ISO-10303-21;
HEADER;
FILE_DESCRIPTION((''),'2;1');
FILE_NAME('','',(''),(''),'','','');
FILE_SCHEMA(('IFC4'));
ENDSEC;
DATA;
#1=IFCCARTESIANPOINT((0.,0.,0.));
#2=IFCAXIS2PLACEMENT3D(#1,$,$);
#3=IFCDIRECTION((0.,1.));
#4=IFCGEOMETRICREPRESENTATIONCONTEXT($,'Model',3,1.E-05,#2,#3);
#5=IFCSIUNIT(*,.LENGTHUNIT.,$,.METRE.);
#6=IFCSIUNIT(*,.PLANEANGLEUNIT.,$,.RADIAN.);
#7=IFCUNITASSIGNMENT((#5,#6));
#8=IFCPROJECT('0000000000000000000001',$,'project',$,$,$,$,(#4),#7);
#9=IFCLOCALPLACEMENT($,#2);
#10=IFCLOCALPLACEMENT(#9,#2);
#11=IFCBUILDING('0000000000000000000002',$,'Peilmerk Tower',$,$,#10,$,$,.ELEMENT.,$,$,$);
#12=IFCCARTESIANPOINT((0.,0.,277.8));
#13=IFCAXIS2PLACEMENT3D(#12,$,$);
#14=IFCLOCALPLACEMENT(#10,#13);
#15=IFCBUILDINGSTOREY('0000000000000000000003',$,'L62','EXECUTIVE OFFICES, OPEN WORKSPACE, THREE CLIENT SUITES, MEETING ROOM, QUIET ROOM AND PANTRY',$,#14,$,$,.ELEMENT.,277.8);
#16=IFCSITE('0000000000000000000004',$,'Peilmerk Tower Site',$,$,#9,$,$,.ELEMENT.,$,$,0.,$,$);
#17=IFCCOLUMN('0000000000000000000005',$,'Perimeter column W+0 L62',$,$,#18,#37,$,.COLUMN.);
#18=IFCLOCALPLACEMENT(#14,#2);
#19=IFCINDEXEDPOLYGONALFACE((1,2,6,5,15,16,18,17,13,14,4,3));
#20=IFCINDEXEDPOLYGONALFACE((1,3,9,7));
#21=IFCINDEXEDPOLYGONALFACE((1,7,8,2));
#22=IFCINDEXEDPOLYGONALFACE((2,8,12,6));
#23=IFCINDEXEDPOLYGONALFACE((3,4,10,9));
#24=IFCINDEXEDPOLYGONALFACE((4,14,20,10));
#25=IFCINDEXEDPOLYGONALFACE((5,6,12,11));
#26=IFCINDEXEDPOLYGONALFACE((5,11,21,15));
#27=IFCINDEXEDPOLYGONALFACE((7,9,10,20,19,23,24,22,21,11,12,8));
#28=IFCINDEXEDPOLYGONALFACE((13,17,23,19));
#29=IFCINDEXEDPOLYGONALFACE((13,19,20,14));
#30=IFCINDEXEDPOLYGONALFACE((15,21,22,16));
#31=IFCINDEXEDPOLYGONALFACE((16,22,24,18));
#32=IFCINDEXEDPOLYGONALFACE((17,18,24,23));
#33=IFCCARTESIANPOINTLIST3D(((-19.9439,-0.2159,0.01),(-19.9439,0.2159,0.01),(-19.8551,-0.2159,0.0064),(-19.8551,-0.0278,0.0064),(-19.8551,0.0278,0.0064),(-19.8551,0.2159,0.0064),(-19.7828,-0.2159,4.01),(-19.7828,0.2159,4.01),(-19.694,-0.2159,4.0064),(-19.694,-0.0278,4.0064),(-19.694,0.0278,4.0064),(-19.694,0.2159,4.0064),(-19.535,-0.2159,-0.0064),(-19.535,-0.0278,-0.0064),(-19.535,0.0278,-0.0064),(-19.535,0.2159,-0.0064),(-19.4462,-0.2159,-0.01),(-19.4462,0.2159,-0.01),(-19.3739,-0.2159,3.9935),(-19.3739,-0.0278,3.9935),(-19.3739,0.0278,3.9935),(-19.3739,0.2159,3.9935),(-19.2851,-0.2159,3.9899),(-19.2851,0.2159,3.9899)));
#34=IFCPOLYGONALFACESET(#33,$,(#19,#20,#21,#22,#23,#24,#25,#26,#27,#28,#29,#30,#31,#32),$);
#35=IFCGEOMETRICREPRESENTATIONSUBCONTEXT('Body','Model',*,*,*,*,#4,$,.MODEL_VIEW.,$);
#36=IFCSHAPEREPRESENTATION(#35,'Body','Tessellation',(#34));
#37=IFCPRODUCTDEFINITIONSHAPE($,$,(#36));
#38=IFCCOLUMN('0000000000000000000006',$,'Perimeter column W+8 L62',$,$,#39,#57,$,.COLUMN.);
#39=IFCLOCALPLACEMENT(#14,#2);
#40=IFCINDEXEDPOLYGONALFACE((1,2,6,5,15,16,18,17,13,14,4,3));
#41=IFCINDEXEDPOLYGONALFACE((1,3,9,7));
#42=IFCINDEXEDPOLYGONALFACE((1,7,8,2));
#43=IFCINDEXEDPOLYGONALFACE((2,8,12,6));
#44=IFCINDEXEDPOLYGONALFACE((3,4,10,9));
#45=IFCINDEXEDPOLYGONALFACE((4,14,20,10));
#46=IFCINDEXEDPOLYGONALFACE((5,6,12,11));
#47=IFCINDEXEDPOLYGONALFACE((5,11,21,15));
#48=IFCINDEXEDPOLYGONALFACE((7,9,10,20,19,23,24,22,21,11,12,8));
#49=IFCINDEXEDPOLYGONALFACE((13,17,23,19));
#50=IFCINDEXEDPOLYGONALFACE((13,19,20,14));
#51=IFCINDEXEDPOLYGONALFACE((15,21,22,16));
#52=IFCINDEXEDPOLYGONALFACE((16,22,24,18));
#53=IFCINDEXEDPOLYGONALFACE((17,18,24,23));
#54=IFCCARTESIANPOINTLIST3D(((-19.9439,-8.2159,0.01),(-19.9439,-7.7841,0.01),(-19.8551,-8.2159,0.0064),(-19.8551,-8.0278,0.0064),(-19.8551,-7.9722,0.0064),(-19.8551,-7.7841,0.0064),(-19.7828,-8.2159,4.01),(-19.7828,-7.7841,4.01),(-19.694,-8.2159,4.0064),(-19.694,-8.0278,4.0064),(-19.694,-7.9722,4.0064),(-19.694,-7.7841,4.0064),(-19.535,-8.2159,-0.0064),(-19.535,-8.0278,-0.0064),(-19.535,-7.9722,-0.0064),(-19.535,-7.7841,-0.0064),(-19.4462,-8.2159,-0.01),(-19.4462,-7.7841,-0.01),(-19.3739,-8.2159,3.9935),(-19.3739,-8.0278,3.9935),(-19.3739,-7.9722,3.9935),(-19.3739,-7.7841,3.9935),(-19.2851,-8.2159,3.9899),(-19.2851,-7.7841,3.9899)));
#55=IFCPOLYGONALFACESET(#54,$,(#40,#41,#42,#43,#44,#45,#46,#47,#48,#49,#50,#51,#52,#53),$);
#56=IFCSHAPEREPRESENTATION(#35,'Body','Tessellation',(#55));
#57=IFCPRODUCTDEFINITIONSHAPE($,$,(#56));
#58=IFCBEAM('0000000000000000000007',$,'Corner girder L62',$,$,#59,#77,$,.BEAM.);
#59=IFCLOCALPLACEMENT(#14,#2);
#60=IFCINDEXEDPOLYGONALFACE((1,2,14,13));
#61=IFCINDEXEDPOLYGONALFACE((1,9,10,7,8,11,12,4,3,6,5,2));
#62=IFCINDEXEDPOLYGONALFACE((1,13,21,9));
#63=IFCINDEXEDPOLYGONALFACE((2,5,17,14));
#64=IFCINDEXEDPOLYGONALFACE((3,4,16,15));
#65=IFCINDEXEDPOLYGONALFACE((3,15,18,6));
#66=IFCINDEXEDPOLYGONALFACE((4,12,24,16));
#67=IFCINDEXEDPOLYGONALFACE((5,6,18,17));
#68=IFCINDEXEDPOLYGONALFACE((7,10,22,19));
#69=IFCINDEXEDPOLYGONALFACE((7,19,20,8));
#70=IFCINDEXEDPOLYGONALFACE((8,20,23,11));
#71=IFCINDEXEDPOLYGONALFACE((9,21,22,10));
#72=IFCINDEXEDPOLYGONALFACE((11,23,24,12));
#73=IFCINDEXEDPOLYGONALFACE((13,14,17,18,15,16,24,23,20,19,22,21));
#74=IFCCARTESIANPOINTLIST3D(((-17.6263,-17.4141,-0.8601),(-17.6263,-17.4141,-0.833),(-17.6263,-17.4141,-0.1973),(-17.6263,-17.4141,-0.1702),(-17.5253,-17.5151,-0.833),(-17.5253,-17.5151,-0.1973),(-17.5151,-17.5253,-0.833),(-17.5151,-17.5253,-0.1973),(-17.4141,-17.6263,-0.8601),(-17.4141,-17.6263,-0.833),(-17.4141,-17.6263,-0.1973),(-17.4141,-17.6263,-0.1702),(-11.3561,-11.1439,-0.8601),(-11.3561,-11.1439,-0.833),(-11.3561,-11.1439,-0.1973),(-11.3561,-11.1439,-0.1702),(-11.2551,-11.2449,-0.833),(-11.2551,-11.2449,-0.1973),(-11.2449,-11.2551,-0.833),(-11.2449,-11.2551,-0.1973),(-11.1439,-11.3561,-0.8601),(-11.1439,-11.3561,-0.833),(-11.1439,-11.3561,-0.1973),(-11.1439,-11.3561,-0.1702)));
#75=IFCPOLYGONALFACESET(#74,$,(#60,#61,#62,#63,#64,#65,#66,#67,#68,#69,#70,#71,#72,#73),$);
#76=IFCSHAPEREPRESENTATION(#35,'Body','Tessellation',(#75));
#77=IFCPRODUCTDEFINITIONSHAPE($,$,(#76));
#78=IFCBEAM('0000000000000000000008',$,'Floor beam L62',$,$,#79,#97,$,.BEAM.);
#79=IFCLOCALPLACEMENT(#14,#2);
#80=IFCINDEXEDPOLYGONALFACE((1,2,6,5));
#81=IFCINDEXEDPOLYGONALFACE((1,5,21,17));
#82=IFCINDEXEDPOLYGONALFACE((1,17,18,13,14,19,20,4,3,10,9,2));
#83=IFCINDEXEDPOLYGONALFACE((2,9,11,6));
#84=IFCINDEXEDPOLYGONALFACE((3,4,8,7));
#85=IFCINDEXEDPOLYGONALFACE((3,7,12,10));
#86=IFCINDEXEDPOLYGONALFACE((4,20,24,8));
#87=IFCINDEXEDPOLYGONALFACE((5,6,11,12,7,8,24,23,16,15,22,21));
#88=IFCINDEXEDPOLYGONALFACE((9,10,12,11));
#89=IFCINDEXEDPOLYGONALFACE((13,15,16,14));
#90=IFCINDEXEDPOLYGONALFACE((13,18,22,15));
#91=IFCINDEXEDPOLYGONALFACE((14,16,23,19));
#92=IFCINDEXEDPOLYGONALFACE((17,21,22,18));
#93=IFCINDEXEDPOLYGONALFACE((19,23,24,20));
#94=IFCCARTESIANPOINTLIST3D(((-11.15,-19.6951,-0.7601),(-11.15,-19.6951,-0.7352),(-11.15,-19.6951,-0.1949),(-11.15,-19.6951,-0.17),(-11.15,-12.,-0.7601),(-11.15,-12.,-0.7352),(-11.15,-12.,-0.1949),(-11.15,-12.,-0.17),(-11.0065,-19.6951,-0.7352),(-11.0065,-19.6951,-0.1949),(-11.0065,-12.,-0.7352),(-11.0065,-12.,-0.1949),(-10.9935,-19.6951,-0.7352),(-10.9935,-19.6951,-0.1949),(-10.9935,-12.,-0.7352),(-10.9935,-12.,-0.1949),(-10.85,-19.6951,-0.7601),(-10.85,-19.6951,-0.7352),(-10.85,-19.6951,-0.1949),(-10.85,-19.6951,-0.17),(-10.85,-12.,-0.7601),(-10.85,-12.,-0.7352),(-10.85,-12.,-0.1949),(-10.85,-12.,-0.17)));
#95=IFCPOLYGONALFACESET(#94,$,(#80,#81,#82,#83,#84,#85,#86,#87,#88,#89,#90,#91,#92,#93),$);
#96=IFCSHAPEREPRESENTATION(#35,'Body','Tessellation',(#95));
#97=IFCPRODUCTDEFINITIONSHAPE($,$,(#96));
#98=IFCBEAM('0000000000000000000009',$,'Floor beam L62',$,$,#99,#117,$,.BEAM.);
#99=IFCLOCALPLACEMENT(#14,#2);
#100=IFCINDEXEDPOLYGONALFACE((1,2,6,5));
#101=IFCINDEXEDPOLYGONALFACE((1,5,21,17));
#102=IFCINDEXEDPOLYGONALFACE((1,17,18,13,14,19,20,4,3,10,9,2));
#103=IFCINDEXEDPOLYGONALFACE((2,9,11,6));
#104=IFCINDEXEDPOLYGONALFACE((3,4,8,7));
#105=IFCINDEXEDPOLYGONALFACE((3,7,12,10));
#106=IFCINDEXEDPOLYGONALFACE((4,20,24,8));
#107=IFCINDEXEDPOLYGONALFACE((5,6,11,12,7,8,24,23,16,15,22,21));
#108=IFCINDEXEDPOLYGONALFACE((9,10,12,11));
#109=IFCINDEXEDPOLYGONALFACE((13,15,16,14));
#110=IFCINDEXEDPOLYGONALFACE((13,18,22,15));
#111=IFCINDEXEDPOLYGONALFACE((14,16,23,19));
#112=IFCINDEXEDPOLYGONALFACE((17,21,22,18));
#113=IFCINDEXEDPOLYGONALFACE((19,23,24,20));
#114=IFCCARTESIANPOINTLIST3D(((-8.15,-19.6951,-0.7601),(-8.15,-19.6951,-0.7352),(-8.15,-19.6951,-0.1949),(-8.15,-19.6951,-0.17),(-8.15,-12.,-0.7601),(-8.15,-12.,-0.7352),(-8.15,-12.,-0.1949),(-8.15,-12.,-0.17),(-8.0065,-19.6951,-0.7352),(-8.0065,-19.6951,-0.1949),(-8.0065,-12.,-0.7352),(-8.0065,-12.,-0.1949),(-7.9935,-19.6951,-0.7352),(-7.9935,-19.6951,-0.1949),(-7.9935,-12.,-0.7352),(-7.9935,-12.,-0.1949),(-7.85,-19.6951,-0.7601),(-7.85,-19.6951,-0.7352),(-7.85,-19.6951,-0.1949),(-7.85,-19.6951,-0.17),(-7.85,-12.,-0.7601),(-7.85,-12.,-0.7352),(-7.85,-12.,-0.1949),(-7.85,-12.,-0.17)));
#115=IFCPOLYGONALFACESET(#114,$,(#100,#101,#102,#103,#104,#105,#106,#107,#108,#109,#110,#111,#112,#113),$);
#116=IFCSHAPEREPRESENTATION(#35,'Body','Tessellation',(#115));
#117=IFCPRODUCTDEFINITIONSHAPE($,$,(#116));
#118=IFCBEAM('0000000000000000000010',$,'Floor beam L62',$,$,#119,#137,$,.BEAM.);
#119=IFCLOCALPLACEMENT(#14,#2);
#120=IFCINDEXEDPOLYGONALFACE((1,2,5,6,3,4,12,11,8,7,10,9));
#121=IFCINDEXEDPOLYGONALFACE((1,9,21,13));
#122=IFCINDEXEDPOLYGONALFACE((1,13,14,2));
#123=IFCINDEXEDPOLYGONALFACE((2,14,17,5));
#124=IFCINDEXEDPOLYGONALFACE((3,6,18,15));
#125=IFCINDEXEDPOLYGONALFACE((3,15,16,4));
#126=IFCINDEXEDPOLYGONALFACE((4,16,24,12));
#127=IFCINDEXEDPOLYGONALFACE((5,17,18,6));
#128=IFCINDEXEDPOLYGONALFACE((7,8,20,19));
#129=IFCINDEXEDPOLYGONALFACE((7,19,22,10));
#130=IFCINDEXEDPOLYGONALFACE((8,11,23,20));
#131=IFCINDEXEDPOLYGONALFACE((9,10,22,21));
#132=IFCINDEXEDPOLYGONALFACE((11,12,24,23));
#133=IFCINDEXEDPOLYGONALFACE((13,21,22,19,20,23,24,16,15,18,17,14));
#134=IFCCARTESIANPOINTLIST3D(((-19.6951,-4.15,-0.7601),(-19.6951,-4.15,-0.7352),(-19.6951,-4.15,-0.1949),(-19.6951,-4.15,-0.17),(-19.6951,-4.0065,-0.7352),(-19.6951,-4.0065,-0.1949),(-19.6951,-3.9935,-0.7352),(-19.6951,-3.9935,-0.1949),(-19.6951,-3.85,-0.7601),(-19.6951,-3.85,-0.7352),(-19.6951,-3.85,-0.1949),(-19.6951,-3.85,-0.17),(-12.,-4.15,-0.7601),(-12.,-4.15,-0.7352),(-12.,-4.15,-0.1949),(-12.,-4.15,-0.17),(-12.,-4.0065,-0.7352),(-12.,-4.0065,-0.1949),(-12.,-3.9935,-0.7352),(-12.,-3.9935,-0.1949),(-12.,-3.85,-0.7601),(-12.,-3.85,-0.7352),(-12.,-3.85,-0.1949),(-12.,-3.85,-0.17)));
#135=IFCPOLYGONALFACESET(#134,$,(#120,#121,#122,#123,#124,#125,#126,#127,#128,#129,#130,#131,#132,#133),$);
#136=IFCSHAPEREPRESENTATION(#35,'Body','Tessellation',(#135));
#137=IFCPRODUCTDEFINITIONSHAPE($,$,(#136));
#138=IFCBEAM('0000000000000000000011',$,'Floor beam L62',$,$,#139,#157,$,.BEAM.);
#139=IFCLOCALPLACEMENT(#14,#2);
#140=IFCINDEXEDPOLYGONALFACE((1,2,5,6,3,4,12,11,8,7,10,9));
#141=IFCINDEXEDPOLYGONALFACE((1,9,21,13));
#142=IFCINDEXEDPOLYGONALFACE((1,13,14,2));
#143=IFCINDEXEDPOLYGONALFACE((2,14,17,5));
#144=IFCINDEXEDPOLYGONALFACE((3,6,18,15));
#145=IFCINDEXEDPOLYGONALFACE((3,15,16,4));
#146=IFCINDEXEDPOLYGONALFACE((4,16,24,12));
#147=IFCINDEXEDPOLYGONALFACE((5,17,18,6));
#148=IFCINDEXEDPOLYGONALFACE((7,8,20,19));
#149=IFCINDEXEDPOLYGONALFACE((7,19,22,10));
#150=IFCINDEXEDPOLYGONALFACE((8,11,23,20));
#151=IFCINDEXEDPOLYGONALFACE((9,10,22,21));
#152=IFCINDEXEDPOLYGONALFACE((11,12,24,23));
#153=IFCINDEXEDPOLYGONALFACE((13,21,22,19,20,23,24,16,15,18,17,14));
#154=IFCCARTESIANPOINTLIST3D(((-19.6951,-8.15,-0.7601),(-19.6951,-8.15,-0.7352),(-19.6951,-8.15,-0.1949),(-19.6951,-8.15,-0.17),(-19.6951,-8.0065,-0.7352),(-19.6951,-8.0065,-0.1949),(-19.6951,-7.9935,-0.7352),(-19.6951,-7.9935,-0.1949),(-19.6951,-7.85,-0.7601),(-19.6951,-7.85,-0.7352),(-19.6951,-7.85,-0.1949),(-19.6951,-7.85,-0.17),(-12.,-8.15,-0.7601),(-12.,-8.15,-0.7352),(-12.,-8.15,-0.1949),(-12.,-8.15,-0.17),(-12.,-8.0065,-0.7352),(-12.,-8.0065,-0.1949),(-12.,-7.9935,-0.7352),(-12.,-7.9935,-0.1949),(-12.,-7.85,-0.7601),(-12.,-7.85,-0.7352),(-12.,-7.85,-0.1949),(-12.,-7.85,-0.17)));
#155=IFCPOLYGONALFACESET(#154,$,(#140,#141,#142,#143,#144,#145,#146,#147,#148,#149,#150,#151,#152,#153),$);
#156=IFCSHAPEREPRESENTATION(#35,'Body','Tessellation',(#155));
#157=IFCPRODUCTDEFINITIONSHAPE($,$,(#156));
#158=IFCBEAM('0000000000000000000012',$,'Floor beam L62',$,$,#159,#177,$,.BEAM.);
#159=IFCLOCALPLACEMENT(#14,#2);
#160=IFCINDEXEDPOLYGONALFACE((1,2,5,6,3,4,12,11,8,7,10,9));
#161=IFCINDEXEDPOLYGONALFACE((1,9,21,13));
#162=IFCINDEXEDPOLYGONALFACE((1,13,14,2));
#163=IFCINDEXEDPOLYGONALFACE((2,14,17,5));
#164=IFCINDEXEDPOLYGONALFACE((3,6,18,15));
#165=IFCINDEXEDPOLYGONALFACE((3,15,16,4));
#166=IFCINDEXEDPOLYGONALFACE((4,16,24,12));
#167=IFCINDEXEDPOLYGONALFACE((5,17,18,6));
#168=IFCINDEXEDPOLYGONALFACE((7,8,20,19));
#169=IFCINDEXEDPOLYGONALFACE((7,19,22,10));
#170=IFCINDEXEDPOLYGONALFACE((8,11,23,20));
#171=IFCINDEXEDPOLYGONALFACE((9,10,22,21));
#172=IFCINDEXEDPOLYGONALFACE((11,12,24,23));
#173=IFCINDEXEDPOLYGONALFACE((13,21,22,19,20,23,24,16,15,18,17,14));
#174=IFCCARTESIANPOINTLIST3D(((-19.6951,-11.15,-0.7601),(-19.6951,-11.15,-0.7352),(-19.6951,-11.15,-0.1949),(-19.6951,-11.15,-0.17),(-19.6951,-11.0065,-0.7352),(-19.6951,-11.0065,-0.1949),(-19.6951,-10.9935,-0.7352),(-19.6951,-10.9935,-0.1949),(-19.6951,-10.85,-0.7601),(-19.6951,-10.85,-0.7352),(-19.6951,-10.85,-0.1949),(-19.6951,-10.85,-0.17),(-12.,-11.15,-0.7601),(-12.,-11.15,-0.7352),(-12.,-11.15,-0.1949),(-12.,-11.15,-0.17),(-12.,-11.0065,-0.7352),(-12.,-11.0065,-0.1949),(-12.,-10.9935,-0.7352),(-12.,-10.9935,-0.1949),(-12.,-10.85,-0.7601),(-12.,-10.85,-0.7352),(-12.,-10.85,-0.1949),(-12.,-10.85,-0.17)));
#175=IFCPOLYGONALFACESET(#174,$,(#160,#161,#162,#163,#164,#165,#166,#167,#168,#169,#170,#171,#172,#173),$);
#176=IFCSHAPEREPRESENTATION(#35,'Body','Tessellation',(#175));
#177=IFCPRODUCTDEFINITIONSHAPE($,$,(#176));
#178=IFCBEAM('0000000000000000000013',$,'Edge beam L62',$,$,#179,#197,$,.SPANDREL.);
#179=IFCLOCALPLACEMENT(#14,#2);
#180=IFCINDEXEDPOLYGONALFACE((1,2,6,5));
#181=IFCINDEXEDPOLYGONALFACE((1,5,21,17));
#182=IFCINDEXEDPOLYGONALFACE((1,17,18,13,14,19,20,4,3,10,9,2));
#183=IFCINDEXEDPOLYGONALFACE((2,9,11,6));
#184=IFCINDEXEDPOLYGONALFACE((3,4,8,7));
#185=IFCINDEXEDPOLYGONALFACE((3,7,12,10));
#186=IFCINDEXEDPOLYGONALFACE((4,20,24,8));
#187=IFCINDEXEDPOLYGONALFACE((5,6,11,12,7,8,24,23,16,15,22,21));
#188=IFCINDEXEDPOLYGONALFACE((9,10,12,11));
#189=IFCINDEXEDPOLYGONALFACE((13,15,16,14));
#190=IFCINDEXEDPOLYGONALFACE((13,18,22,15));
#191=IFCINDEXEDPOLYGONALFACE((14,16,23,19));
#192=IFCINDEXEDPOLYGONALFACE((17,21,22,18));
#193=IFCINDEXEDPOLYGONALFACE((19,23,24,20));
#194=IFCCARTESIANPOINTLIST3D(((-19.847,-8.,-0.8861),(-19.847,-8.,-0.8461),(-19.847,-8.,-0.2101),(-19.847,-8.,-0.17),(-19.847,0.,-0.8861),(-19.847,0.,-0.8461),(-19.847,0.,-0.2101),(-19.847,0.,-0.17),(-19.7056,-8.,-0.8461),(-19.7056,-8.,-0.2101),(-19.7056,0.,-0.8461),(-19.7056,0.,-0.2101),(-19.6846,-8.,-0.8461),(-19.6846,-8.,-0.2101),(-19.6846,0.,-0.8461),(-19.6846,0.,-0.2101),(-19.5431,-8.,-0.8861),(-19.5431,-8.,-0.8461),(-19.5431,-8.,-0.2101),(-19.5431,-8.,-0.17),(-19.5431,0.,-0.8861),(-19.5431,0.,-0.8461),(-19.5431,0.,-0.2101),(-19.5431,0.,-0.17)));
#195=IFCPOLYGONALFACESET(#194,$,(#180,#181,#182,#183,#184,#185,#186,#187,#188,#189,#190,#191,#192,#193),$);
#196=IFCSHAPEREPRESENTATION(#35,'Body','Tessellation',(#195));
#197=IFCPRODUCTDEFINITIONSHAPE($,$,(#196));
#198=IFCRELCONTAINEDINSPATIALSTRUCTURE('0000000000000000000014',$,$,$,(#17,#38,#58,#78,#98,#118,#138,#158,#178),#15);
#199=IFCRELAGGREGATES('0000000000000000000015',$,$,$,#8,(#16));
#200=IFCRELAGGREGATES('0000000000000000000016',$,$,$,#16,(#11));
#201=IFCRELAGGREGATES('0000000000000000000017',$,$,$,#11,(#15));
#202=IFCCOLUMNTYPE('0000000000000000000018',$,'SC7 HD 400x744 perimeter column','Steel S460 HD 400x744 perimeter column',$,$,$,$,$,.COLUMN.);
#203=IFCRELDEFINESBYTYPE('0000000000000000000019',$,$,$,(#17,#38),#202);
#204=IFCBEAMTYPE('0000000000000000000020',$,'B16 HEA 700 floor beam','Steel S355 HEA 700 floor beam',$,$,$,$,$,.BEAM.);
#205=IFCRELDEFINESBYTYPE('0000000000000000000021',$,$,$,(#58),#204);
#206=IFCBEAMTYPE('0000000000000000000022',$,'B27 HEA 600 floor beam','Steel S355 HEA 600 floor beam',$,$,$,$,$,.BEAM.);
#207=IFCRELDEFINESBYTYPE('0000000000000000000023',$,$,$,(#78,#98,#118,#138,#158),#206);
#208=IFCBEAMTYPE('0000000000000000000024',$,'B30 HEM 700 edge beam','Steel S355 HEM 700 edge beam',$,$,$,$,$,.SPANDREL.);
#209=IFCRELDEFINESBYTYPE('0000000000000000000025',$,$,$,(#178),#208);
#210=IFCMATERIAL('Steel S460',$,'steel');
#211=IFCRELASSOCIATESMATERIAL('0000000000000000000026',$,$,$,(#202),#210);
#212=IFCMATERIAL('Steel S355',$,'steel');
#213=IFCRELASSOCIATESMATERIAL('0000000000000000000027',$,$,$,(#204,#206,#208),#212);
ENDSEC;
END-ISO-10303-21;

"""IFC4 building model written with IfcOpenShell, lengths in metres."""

from ifc_helpers import new_model, si_unit, direction, frame, origin, origin_2d, place, context, subcontext, project, spatial, i_section, extrude, material, material_profile, profile_set, type_object, element, save


model = new_model("IFC4")

# Units and contexts
model_context = context("Model", 3, precision=1e-05, world=origin(), true_north=direction((0.0, 1.0)))
body_context = subcontext(model_context, "Body", "Model", "MODEL_VIEW")
ifc_project = project(units=[si_unit("LENGTHUNIT", "METRE"), si_unit("PLANEANGLEUNIT", "RADIAN")], contexts=[model_context])

# Site, building, storey
site_placement = place(None, origin())
site = spatial("IfcSite", under=ifc_project, at=site_placement, Name="Peilmerk Tower Site", CompositionType="ELEMENT", RefElevation=0.0)
building_placement = place(site_placement, origin())
building = spatial("IfcBuilding", under=site, at=building_placement, Name="Peilmerk Tower", CompositionType="ELEMENT")
storey_placement = place(building_placement, frame((0.0, 0.0, 277.8)))
storey = spatial("IfcBuildingStorey", under=building, at=storey_placement, Name="L62", Description="EXECUTIVE OFFICES, OPEN WORKSPACE, THREE CLIENT SUITES, MEETING ROOM, QUIET ROOM AND PANTRY", CompositionType="ELEMENT", Elevation=277.8)

# Columns
ifc_material_1 = material(Name="Steel S460", Category="steel")
ifc_material_profile_1 = material_profile(ifc_material_1, i_section(OverallWidth=0.4319, OverallDepth=0.498, WebThickness=0.0557, FlangeThickness=0.0889, at=origin_2d()), Name="HD 400x744")
ifc_profile_set_1 = profile_set([ifc_material_profile_1], Name="Steel S460")
column_type = type_object("IfcColumnType", Name="SC7 HD 400x744 perimeter column", Description="Steel S460 HD 400x744 perimeter column", PredefinedType="COLUMN", material=ifc_profile_set_1)
for number, where, z_axis, x_axis, name in (
    (1, (-19.6951, 0.0, 0.0), (0.040251, 0.0, 0.99919), (0.0, 1.0, 0.0), "Perimeter column W+0 L62"),
    (2, (-19.6951, -8.0, 0.0), (0.040251, 0.0, 0.99919), (0.0, 1.0, 0.0), "Perimeter column W+8 L62"),
):
    element("IfcColumn", number, at=place(storey_placement, frame(where, z_axis=z_axis, x_axis=x_axis)), inside=storey, type_object=column_type, Name=name, PredefinedType="COLUMN", context=body_context, shape_type="SweptSolid", body=[
        extrude(i_section(OverallWidth=0.4319, OverallDepth=0.498, WebThickness=0.0557, FlangeThickness=0.0889, at=origin_2d()), origin(), (0.0, 0.0, 1.0), 4.0032),
    ])

# Beams
ifc_material_2 = material(Name="Steel S355", Category="steel")
ifc_material_profile_2 = material_profile(ifc_material_2, i_section(OverallWidth=0.3, OverallDepth=0.6899, WebThickness=0.0144, FlangeThickness=0.0271, at=origin_2d()), Name="HEA 700")
ifc_profile_set_2 = profile_set([ifc_material_profile_2], Name="Steel S355")
beam_type_1 = type_object("IfcBeamType", Name="B16 HEA 700 floor beam", Description="Steel S355 HEA 700 floor beam", PredefinedType="BEAM", material=ifc_profile_set_2)
beam_1_placement = place(storey_placement, frame((-11.25, -11.25, -0.5151), z_axis=(-0.707107, -0.707107, 0.0), x_axis=(0.707107, -0.707107, 0.0)))
element("IfcBeam", 3, at=beam_1_placement, inside=storey, type_object=beam_type_1, Name="Corner girder L62", PredefinedType="BEAM", context=body_context, shape_type="SweptSolid", body=[
    extrude(i_section(OverallWidth=0.3, OverallDepth=0.6899, WebThickness=0.0144, FlangeThickness=0.0271, at=origin_2d()), origin(), (0.0, 0.0, 1.0), 8.8674),
])
ifc_material_profile_3 = material_profile(ifc_material_2, i_section(OverallWidth=0.3, OverallDepth=0.5901, WebThickness=0.0129, FlangeThickness=0.0249, at=origin_2d()), Name="HEA 600")
ifc_profile_set_3 = profile_set([ifc_material_profile_3], Name="Steel S355")
beam_type_2 = type_object("IfcBeamType", Name="B27 HEA 600 floor beam", Description="Steel S355 HEA 600 floor beam", PredefinedType="BEAM", material=ifc_profile_set_3)
for number, where, z_axis, x_axis, name in (
    (4, (-11.0, -12.0, -0.4651), (0.0, -1.0, 0.0), (1.0, 0.0, 0.0), "Floor beam L62"),
    (5, (-8.0, -12.0, -0.4651), (0.0, -1.0, 0.0), (1.0, 0.0, 0.0), "Floor beam L62"),
    (6, (-12.0, -4.0, -0.4651), (-1.0, 0.0, 0.0), (0.0, -1.0, 0.0), "Floor beam L62"),
    (7, (-12.0, -8.0, -0.4651), (-1.0, 0.0, 0.0), (0.0, -1.0, 0.0), "Floor beam L62"),
    (8, (-12.0, -11.0, -0.4651), (-1.0, 0.0, 0.0), (0.0, -1.0, 0.0), "Floor beam L62"),
):
    element("IfcBeam", number, at=place(storey_placement, frame(where, z_axis=z_axis, x_axis=x_axis)), inside=storey, type_object=beam_type_2, Name=name, PredefinedType="BEAM", context=body_context, shape_type="SweptSolid", body=[
        extrude(i_section(OverallWidth=0.3, OverallDepth=0.5901, WebThickness=0.0129, FlangeThickness=0.0249, at=origin_2d()), origin(), (0.0, 0.0, 1.0), 7.6951),
    ])
ifc_material_profile_4 = material_profile(ifc_material_2, i_section(OverallWidth=0.304, OverallDepth=0.7161, WebThickness=0.021, FlangeThickness=0.04, at=origin_2d()), Name="HEM 700")
ifc_profile_set_4 = profile_set([ifc_material_profile_4], Name="Steel S355")
beam_type_3 = type_object("IfcBeamType", Name="B30 HEM 700 edge beam", Description="Steel S355 HEM 700 edge beam", PredefinedType="SPANDREL", material=ifc_profile_set_4)
beam_2_placement = place(storey_placement, frame((-19.6951, 0.0, -0.5281), z_axis=(0.0, -1.0, 0.0), x_axis=(1.0, 0.0, 0.0)))
element("IfcBeam", 9, at=beam_2_placement, inside=storey, type_object=beam_type_3, Name="Edge beam L62", PredefinedType="SPANDREL", context=body_context, shape_type="SweptSolid", body=[
    extrude(i_section(OverallWidth=0.304, OverallDepth=0.7161, WebThickness=0.021, FlangeThickness=0.04, at=origin_2d()), origin(), (0.0, 0.0, 1.0), 8.0),
])

save(model, "model.ifc")
